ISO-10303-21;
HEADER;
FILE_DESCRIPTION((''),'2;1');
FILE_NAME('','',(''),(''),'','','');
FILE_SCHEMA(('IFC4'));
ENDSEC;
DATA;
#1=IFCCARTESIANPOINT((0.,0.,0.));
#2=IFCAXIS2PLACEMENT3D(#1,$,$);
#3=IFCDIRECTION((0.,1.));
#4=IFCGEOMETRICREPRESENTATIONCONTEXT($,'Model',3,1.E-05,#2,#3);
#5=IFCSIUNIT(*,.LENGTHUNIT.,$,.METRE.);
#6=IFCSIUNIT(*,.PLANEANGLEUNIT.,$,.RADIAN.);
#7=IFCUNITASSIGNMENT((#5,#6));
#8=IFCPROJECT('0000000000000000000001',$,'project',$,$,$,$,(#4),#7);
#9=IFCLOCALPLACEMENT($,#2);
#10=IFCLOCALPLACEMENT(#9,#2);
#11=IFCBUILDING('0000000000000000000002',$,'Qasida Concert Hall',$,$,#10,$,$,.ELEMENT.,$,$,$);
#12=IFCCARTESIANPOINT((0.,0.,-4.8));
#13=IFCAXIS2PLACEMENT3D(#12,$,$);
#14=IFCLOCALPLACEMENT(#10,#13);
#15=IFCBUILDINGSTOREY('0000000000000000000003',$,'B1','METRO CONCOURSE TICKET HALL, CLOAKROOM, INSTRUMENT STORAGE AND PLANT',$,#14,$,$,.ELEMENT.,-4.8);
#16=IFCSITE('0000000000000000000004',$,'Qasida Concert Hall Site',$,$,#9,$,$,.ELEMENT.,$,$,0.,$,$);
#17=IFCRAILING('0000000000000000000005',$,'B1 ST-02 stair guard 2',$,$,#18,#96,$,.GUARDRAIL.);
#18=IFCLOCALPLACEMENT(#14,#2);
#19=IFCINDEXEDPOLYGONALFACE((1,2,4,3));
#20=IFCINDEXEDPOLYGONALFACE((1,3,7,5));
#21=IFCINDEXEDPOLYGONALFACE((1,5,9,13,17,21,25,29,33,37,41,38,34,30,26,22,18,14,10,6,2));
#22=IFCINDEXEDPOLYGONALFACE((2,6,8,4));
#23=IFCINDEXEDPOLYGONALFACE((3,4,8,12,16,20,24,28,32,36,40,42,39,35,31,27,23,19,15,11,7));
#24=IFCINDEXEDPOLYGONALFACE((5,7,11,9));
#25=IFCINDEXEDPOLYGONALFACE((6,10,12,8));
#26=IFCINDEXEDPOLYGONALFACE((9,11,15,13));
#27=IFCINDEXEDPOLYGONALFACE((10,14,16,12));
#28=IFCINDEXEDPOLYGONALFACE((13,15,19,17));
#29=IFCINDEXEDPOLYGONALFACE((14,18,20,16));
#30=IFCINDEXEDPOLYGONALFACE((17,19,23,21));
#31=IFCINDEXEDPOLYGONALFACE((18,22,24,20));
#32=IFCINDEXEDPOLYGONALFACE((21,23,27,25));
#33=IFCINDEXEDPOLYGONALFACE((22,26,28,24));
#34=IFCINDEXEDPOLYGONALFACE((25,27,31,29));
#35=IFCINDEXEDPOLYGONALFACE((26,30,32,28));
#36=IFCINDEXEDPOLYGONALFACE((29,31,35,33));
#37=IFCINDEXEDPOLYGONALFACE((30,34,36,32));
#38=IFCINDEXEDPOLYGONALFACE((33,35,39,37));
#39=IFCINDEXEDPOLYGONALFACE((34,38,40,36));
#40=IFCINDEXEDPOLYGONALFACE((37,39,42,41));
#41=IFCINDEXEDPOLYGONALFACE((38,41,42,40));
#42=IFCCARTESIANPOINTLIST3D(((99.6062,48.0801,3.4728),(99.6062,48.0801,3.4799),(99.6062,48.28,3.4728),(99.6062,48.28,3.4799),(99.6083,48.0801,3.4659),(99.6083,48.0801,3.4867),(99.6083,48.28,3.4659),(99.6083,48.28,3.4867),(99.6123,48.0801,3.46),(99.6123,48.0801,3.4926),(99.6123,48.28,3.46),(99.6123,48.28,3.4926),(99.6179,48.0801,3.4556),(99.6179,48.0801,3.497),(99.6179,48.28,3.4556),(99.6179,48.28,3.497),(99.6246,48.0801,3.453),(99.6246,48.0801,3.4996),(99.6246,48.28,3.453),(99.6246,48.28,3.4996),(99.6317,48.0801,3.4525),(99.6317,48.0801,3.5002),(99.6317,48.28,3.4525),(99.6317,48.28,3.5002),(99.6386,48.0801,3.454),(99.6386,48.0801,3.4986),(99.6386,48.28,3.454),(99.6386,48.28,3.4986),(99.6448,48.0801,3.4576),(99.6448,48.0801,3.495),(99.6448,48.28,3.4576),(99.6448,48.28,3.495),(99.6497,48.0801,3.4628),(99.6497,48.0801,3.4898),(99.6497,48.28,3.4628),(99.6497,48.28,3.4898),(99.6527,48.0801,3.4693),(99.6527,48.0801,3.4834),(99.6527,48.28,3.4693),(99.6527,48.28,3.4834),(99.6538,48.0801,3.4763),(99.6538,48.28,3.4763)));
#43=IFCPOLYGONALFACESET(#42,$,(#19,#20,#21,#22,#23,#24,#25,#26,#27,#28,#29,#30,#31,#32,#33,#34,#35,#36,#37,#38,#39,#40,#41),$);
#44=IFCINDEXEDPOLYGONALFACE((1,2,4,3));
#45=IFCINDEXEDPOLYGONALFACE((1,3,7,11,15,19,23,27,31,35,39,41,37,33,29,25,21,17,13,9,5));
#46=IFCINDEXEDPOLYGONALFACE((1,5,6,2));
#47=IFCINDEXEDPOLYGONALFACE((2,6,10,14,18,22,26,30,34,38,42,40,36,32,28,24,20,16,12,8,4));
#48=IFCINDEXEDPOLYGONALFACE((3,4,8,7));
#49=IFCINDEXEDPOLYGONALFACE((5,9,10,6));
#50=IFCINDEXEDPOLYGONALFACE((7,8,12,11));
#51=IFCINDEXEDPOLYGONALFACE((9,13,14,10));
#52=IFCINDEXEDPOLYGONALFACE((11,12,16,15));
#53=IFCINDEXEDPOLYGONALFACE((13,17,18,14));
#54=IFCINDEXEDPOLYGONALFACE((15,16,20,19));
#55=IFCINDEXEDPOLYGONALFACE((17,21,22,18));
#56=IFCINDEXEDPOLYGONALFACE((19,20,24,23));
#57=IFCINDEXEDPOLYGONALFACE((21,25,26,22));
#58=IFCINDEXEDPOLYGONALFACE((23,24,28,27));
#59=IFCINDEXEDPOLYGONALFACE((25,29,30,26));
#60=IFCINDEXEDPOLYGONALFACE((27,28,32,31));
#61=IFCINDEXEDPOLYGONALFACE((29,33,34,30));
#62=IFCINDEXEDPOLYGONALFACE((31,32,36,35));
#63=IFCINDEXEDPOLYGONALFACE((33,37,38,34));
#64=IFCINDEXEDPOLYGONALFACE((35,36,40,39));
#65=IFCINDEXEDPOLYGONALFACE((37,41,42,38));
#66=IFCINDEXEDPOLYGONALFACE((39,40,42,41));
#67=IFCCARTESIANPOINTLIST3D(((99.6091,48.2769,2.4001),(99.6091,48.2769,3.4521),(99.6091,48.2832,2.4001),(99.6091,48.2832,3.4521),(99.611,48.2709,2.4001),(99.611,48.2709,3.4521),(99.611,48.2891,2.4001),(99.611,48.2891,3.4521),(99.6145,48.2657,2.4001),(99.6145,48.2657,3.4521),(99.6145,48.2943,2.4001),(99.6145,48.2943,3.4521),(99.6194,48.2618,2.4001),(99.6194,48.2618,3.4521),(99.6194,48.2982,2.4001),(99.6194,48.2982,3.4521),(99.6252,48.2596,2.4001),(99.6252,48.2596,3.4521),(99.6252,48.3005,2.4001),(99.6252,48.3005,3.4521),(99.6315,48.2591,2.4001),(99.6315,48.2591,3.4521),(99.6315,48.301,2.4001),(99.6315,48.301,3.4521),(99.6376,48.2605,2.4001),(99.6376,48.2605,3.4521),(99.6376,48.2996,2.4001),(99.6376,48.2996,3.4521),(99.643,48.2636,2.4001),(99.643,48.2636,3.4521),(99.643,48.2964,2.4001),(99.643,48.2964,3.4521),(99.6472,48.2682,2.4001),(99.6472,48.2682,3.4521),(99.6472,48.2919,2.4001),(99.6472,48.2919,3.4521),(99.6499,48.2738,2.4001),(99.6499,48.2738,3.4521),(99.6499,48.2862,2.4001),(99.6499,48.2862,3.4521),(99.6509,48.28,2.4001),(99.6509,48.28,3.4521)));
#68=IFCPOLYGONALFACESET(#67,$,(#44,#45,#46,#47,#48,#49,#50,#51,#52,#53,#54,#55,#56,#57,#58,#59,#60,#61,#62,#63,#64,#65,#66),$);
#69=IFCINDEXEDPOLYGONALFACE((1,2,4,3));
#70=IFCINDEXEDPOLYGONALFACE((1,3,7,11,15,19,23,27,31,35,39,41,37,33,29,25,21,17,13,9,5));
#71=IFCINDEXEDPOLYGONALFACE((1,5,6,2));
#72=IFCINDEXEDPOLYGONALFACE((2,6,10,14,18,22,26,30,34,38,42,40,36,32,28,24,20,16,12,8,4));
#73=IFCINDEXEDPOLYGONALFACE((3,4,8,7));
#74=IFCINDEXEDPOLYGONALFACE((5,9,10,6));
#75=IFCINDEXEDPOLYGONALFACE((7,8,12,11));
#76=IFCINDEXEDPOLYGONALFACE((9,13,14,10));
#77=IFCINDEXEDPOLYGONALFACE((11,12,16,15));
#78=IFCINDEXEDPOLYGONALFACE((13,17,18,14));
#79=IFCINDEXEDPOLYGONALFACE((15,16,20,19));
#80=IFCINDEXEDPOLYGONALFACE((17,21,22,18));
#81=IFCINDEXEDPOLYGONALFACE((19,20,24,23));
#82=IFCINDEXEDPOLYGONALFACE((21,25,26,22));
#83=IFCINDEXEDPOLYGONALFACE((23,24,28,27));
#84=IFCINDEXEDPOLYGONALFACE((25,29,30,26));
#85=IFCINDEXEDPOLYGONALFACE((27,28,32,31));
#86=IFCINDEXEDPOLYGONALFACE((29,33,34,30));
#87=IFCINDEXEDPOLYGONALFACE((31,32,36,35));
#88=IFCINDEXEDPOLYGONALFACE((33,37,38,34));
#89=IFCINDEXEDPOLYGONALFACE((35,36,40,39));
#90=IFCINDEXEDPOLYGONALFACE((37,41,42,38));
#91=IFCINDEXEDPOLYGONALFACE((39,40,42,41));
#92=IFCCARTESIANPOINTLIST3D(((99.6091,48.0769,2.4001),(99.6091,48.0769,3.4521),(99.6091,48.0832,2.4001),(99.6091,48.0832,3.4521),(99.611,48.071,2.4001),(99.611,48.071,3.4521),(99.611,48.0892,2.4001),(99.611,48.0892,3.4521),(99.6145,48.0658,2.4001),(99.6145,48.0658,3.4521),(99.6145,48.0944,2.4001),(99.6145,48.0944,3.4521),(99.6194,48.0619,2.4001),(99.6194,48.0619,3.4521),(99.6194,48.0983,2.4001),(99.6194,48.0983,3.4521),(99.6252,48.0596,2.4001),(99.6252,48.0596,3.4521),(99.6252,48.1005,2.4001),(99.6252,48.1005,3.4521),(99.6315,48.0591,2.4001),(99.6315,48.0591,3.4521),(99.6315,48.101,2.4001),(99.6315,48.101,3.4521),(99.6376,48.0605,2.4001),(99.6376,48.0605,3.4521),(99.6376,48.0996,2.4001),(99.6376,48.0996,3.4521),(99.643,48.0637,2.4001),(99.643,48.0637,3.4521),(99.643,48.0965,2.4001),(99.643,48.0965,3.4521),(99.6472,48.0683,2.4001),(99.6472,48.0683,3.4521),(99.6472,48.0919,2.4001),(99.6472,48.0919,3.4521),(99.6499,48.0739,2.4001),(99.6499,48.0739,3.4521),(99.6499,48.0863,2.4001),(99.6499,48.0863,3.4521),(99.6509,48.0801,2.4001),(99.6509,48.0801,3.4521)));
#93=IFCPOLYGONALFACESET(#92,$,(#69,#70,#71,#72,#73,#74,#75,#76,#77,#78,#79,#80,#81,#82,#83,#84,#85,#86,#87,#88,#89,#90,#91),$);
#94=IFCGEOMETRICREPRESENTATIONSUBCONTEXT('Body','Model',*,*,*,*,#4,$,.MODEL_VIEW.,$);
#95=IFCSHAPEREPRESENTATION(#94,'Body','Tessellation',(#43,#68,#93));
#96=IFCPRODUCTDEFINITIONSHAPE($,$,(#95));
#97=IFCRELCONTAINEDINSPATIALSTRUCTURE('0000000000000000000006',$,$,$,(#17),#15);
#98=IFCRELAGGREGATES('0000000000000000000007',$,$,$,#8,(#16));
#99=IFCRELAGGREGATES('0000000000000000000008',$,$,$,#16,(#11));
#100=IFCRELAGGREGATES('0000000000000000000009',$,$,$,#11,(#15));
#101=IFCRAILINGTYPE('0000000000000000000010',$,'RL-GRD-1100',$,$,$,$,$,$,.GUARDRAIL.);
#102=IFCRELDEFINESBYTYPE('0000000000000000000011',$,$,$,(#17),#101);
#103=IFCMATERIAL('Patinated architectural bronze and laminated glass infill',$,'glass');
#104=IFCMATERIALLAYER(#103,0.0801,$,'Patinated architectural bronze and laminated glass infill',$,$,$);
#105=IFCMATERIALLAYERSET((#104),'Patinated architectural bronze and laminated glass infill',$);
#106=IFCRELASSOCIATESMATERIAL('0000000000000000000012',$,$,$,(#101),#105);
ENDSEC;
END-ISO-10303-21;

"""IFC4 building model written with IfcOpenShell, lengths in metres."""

from ifc_helpers import new_model, si_unit, direction, frame, origin, origin_2d, place, context, subcontext, project, spatial, circle, extrude, material, layer, layer_set, type_object, element, save


model = new_model("IFC4")

# Units and contexts
model_context = context("Model", 3, precision=1e-05, world=origin(), true_north=direction((0.0, 1.0)))
body_context = subcontext(model_context, "Body", "Model", "MODEL_VIEW")
ifc_project = project(units=[si_unit("LENGTHUNIT", "METRE"), si_unit("PLANEANGLEUNIT", "RADIAN")], contexts=[model_context])

# Site, building, storey
site_placement = place(None, origin())
site = spatial("IfcSite", under=ifc_project, at=site_placement, Name="Qasida Concert Hall Site", CompositionType="ELEMENT", RefElevation=0.0)
building_placement = place(site_placement, origin())
building = spatial("IfcBuilding", under=site, at=building_placement, Name="Qasida Concert Hall", CompositionType="ELEMENT")
storey_placement = place(building_placement, frame((0.0, 0.0, -4.8)))
storey = spatial("IfcBuildingStorey", under=building, at=storey_placement, Name="B1", Description="METRO CONCOURSE TICKET HALL, CLOAKROOM, INSTRUMENT STORAGE AND PLANT", CompositionType="ELEMENT", Elevation=-4.8)

# Railing
ifc_material_1 = material(Name="Patinated architectural bronze and laminated glass infill", Category="glass")
ifc_layer_1 = layer(ifc_material_1, 0.0801, Name="Patinated architectural bronze and laminated glass infill")
ifc_layer_set_1 = layer_set([ifc_layer_1], Name="Patinated architectural bronze and laminated glass infill")
railing_type_1 = type_object("IfcRailingType", Name="RL-GRD-1100", PredefinedType="GUARDRAIL", material=ifc_layer_set_1)
railing_1_placement = place(storey_placement, frame((99.6299, 48.28, 2.4001)))
element("IfcRailing", 1, at=railing_1_placement, inside=storey, type_object=railing_type_1, Name="B1 ST-02 stair guard 2", PredefinedType="GUARDRAIL", context=body_context, shape_type="SweptSolid", body=[
    extrude(circle(Radius=0.0239, at=origin_2d()), frame((0.0, 0.0, 1.0762), z_axis=(0.0, -1.0, 0.0), x_axis=(1.0, 0.0, 0.0)), (0.0, 0.0, 1.0), 0.2),
    extrude(circle(Radius=0.021, at=origin_2d()), origin(), (0.0, 0.0, 1.0), 1.052),
    extrude(circle(Radius=0.021, at=origin_2d()), frame((0.0, -0.2, 0.0)), (0.0, 0.0, 1.0), 1.052),
])

save(model, "model.ifc")
